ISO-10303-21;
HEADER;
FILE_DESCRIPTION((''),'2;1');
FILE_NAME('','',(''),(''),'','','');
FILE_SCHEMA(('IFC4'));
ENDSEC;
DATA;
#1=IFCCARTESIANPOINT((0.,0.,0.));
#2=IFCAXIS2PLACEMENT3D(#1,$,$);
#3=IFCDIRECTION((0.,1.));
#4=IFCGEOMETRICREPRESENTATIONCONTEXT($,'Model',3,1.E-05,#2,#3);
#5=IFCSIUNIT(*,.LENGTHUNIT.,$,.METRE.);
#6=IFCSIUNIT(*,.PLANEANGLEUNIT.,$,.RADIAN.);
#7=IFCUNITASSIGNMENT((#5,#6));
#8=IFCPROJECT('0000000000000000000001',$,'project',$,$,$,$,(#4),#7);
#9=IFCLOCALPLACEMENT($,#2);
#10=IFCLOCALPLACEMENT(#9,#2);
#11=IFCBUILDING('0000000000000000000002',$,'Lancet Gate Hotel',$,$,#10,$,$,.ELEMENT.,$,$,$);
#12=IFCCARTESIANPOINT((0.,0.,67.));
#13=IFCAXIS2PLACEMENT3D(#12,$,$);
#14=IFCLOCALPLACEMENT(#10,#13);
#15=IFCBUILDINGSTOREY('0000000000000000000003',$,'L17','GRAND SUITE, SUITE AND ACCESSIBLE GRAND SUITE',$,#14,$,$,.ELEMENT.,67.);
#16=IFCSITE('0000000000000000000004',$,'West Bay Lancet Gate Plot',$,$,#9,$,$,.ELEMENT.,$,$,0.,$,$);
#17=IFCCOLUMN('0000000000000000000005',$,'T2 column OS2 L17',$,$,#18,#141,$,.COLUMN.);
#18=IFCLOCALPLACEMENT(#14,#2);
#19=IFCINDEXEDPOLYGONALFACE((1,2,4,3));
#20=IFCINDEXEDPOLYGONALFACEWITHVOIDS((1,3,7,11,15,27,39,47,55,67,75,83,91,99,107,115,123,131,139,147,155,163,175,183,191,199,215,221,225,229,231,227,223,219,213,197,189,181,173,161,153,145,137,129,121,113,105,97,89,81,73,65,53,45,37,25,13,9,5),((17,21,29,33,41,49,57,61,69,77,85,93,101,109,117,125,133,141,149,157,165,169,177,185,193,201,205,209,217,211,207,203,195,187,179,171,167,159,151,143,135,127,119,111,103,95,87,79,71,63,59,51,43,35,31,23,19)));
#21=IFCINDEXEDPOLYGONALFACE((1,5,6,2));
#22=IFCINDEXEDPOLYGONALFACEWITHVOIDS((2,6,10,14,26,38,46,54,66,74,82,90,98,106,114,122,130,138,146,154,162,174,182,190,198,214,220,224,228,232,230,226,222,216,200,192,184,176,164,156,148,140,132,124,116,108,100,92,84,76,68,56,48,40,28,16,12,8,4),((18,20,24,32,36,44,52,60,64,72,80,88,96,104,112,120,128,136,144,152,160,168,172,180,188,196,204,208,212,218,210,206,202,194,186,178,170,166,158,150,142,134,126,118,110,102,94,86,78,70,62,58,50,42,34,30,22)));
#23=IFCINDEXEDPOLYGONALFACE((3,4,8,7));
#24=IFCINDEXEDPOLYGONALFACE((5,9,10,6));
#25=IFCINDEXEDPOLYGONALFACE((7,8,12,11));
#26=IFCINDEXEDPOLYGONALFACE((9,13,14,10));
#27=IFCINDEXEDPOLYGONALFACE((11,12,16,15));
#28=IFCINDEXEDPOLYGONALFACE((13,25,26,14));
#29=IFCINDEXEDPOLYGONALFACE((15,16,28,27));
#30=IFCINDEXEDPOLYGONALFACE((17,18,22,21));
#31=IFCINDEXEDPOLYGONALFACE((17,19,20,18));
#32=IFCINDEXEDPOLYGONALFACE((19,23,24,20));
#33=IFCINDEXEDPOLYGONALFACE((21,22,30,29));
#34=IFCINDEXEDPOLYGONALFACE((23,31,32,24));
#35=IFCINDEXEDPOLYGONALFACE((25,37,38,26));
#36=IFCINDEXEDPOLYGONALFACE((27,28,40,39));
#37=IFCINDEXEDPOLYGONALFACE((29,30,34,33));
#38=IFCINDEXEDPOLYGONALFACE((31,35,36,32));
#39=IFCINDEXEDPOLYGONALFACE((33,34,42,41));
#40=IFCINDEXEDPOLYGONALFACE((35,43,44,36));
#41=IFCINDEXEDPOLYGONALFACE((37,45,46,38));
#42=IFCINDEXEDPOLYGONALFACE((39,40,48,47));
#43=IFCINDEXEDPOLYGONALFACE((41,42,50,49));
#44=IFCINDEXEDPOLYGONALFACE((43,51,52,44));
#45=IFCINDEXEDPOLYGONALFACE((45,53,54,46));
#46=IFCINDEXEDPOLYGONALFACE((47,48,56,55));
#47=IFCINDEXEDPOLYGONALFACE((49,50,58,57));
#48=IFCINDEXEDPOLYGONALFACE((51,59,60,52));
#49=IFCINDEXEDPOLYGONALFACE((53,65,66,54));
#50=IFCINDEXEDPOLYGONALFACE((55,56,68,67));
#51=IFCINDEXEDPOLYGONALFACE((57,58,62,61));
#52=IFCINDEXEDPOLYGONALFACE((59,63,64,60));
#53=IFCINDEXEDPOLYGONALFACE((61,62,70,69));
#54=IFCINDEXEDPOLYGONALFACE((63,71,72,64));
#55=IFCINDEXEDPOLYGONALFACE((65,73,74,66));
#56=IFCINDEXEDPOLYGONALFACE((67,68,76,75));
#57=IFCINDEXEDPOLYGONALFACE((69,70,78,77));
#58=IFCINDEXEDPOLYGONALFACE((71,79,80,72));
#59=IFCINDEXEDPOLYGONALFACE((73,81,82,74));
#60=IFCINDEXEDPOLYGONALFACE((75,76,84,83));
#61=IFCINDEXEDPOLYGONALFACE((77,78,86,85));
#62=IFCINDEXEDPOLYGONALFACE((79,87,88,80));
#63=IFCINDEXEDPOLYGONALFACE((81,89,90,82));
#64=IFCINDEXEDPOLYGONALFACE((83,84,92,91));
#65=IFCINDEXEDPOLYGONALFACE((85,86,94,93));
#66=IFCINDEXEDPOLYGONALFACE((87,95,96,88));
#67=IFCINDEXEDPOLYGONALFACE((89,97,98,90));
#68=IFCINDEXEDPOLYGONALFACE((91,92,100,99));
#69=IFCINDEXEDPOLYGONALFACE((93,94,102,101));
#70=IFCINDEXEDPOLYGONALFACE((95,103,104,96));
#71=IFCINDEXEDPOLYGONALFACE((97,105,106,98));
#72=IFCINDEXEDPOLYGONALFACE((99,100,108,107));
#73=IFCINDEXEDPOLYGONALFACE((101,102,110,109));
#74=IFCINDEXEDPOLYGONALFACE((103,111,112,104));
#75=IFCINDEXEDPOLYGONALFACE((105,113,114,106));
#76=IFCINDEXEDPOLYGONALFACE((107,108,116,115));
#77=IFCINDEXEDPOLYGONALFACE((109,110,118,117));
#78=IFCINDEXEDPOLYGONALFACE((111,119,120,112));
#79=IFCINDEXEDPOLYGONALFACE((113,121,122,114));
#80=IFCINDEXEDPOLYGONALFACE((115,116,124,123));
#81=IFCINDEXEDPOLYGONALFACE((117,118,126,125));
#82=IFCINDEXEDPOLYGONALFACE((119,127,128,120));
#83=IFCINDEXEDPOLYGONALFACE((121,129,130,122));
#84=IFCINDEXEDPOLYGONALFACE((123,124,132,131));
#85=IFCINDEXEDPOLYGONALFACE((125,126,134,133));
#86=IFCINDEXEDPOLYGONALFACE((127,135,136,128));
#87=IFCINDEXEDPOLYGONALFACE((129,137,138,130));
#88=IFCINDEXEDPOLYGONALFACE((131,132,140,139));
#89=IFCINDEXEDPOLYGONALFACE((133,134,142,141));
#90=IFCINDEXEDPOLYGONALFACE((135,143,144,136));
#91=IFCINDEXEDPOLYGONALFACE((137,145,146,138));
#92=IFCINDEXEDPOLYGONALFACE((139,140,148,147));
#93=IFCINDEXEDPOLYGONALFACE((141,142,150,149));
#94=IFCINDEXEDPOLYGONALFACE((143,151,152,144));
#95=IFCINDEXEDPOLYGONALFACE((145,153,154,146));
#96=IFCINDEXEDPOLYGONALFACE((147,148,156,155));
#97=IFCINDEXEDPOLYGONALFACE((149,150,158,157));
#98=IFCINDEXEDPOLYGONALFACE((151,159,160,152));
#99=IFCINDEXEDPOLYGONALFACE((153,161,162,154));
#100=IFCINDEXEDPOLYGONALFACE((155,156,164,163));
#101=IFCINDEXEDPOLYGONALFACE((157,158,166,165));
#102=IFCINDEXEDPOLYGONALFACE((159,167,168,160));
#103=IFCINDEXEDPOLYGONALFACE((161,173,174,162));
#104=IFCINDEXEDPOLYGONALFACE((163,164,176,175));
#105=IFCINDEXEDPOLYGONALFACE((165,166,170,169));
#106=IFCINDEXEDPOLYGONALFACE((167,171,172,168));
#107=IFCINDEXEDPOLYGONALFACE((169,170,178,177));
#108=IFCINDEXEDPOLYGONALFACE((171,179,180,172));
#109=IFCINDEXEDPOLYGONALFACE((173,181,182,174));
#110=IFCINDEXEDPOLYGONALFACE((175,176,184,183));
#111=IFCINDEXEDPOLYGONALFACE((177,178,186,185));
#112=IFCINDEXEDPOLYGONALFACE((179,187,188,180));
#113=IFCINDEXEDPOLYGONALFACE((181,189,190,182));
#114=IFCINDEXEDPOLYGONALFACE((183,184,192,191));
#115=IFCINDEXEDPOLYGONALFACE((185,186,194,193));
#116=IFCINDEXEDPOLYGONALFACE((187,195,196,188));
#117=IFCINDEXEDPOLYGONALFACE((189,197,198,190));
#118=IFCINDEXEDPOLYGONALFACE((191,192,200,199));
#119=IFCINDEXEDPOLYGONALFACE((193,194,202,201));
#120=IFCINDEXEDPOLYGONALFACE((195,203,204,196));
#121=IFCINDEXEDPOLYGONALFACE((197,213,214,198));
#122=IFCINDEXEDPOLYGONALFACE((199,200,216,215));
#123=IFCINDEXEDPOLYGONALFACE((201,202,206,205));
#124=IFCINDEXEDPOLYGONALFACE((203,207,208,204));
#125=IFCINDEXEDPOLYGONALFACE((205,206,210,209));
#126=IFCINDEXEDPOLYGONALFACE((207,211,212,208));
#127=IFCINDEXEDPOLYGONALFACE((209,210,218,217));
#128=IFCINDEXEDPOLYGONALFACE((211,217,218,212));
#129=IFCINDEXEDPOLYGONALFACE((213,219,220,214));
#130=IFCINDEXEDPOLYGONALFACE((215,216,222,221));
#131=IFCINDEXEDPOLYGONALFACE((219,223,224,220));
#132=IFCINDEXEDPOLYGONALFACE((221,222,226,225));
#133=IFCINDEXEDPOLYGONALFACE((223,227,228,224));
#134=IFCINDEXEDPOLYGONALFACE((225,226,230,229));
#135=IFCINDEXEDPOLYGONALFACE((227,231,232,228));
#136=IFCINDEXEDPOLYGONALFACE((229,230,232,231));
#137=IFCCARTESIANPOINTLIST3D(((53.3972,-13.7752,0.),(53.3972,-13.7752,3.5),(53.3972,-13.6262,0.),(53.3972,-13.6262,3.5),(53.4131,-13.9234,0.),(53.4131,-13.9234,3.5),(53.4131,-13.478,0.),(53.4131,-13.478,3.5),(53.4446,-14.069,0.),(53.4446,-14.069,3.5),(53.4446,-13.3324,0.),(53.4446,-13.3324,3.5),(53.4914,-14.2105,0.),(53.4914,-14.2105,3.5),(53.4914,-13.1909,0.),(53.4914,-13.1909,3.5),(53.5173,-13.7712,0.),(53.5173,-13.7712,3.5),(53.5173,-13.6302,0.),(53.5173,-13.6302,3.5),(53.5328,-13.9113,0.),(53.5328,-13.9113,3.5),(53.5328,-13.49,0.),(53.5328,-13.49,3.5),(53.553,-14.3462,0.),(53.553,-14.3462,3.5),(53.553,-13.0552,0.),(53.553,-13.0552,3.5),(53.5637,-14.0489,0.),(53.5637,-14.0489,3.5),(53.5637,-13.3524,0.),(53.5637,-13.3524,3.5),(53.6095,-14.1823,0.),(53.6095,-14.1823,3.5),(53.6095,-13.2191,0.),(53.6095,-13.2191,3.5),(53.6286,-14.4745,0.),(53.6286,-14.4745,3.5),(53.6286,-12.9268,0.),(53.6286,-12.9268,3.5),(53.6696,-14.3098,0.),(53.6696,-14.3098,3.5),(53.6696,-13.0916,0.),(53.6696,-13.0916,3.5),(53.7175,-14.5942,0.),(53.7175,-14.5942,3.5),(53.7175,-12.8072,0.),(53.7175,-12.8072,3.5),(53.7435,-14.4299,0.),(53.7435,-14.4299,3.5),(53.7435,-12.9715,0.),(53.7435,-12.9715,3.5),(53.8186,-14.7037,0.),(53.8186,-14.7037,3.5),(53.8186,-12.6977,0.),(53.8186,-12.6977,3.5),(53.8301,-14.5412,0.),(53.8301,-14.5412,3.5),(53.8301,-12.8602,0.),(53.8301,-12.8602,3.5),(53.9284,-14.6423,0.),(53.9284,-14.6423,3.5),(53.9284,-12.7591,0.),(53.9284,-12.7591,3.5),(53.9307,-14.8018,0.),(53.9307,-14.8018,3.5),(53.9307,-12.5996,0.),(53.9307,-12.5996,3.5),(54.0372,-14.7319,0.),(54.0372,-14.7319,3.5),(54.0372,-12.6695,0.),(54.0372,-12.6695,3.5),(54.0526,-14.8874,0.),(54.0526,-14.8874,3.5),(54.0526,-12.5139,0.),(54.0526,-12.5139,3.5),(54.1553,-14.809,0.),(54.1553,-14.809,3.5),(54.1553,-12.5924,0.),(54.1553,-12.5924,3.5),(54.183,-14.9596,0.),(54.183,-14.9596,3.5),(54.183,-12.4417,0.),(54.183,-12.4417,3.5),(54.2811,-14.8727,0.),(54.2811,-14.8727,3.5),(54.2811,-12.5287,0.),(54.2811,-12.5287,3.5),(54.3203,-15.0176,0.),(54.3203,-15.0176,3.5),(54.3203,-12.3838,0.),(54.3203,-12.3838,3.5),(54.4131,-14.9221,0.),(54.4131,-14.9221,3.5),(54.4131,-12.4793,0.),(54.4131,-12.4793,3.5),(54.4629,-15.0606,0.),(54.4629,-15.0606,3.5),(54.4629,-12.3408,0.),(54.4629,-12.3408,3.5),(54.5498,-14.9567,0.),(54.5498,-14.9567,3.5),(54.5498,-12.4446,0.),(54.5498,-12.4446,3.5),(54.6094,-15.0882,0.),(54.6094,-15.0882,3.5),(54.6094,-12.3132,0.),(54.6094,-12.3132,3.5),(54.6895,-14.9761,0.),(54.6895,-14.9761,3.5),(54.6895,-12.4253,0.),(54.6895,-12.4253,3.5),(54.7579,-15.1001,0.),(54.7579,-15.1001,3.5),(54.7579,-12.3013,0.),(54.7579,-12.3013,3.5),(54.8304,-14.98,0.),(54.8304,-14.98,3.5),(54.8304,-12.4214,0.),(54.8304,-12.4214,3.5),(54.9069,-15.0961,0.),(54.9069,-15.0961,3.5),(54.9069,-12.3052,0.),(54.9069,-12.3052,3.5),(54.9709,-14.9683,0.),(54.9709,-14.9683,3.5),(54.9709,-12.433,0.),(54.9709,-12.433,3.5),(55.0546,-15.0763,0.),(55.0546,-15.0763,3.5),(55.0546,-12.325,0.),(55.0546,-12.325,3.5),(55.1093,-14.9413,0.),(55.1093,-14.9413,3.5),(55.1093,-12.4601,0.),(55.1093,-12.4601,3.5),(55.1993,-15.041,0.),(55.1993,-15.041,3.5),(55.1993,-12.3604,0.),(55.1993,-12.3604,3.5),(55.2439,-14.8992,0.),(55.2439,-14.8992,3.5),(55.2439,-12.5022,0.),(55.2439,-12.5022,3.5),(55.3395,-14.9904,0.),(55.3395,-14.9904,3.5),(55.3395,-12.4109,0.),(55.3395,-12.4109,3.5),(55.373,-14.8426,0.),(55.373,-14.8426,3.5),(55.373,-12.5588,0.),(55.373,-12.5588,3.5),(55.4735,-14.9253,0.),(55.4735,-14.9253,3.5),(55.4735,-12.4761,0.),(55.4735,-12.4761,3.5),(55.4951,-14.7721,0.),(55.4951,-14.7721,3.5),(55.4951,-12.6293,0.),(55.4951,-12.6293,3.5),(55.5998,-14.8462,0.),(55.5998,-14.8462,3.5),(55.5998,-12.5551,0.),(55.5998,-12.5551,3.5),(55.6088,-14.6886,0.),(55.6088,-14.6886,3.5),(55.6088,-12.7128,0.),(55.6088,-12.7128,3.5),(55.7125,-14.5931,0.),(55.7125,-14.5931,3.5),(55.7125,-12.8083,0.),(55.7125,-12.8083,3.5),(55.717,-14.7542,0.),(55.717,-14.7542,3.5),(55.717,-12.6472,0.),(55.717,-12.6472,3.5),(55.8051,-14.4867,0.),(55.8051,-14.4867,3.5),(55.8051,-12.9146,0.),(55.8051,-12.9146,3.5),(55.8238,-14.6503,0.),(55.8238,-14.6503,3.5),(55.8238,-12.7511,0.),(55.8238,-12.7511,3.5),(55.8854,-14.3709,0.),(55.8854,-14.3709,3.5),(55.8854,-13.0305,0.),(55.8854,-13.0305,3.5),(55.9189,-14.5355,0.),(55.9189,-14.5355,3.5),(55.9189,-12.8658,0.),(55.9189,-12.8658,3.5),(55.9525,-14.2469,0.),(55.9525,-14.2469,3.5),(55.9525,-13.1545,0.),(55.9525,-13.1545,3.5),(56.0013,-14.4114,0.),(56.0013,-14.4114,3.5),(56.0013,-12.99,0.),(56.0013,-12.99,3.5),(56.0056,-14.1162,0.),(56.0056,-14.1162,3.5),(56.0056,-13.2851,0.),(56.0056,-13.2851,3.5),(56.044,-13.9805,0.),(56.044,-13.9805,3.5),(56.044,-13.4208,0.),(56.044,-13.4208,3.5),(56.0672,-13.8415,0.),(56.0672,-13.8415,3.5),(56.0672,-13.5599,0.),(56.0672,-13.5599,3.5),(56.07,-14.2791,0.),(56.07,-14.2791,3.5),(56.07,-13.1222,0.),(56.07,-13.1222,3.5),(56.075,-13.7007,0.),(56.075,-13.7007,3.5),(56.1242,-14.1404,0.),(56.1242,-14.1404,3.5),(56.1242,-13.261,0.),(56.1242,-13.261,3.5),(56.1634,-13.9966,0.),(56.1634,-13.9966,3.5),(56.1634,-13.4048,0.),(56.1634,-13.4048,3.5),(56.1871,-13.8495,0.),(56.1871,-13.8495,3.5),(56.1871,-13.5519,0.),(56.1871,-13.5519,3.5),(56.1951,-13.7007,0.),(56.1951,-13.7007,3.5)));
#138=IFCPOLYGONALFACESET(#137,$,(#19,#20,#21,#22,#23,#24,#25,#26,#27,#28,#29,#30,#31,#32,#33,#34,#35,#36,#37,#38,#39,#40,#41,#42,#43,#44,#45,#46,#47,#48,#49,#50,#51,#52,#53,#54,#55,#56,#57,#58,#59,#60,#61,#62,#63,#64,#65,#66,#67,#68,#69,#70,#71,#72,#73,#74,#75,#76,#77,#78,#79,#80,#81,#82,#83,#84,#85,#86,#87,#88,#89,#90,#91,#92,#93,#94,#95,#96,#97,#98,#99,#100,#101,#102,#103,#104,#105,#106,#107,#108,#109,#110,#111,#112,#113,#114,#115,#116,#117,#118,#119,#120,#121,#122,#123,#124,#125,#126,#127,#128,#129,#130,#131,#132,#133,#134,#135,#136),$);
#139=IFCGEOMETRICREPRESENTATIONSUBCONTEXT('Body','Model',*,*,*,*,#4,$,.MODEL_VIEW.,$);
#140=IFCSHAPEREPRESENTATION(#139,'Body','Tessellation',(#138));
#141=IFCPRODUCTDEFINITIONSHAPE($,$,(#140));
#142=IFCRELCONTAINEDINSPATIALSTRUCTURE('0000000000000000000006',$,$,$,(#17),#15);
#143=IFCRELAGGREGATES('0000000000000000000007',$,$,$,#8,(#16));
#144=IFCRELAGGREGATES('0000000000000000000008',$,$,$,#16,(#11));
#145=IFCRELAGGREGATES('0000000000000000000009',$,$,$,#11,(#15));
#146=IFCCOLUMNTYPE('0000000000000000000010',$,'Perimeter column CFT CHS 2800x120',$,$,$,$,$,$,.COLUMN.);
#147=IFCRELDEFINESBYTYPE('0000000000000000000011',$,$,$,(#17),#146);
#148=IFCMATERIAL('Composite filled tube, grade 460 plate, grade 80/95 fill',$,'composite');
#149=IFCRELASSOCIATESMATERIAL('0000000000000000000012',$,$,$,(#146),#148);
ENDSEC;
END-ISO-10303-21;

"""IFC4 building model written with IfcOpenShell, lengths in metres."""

from ifc_helpers import new_model, si_unit, direction, frame, origin, origin_2d, place, context, subcontext, project, spatial, hollow_circle, extrude, material, material_profile, profile_set, type_object, element, save


model = new_model("IFC4")

# Units and contexts
model_context = context("Model", 3, precision=1e-05, world=origin(), true_north=direction((0.0, 1.0)))
body_context = subcontext(model_context, "Body", "Model", "MODEL_VIEW")
ifc_project = project(units=[si_unit("LENGTHUNIT", "METRE"), si_unit("PLANEANGLEUNIT", "RADIAN")], contexts=[model_context])

# Site, building, storey
site_placement = place(None, origin())
site = spatial("IfcSite", under=ifc_project, at=site_placement, Name="West Bay Lancet Gate Plot", CompositionType="ELEMENT", RefElevation=0.0)
building_placement = place(site_placement, origin())
building = spatial("IfcBuilding", under=site, at=building_placement, Name="Lancet Gate Hotel", CompositionType="ELEMENT")
storey_placement = place(building_placement, frame((0.0, 0.0, 67.0)))
storey = spatial("IfcBuildingStorey", under=building, at=storey_placement, Name="L17", Description="GRAND SUITE, SUITE AND ACCESSIBLE GRAND SUITE", CompositionType="ELEMENT", Elevation=67.0)

# Column
ifc_material_1 = material(Name="Composite filled tube, grade 460 plate, grade 80/95 fill", Category="composite")
ifc_material_profile_1 = material_profile(ifc_material_1, hollow_circle(Radius=1.3999, WallThickness=0.1201, at=origin_2d()), Name="CHS 2800x120")
ifc_profile_set_1 = profile_set([ifc_material_profile_1], Name="Composite filled tube, grade 460 plate, grade 80/95 fill")
column_type = type_object("IfcColumnType", Name="Perimeter column CFT CHS 2800x120", PredefinedType="COLUMN", material=ifc_profile_set_1)
for number, where, z_axis, x_axis, name in (
    (1, (54.7952, -13.7007, 0.0), (0.0, 0.0, 1.0), (1.0, 0.0, 0.0), "T2 column OS2 L17"),
):
    element("IfcColumn", number, at=place(storey_placement, frame(where, z_axis=z_axis, x_axis=x_axis)), inside=storey, type_object=column_type, Name=name, PredefinedType="COLUMN", context=body_context, shape_type="SweptSolid", body=[
        extrude(hollow_circle(Radius=1.3999, WallThickness=0.1201, at=origin_2d()), origin(), (0.0, 0.0, 1.0), 3.5),
    ])

save(model, "model.ifc")
